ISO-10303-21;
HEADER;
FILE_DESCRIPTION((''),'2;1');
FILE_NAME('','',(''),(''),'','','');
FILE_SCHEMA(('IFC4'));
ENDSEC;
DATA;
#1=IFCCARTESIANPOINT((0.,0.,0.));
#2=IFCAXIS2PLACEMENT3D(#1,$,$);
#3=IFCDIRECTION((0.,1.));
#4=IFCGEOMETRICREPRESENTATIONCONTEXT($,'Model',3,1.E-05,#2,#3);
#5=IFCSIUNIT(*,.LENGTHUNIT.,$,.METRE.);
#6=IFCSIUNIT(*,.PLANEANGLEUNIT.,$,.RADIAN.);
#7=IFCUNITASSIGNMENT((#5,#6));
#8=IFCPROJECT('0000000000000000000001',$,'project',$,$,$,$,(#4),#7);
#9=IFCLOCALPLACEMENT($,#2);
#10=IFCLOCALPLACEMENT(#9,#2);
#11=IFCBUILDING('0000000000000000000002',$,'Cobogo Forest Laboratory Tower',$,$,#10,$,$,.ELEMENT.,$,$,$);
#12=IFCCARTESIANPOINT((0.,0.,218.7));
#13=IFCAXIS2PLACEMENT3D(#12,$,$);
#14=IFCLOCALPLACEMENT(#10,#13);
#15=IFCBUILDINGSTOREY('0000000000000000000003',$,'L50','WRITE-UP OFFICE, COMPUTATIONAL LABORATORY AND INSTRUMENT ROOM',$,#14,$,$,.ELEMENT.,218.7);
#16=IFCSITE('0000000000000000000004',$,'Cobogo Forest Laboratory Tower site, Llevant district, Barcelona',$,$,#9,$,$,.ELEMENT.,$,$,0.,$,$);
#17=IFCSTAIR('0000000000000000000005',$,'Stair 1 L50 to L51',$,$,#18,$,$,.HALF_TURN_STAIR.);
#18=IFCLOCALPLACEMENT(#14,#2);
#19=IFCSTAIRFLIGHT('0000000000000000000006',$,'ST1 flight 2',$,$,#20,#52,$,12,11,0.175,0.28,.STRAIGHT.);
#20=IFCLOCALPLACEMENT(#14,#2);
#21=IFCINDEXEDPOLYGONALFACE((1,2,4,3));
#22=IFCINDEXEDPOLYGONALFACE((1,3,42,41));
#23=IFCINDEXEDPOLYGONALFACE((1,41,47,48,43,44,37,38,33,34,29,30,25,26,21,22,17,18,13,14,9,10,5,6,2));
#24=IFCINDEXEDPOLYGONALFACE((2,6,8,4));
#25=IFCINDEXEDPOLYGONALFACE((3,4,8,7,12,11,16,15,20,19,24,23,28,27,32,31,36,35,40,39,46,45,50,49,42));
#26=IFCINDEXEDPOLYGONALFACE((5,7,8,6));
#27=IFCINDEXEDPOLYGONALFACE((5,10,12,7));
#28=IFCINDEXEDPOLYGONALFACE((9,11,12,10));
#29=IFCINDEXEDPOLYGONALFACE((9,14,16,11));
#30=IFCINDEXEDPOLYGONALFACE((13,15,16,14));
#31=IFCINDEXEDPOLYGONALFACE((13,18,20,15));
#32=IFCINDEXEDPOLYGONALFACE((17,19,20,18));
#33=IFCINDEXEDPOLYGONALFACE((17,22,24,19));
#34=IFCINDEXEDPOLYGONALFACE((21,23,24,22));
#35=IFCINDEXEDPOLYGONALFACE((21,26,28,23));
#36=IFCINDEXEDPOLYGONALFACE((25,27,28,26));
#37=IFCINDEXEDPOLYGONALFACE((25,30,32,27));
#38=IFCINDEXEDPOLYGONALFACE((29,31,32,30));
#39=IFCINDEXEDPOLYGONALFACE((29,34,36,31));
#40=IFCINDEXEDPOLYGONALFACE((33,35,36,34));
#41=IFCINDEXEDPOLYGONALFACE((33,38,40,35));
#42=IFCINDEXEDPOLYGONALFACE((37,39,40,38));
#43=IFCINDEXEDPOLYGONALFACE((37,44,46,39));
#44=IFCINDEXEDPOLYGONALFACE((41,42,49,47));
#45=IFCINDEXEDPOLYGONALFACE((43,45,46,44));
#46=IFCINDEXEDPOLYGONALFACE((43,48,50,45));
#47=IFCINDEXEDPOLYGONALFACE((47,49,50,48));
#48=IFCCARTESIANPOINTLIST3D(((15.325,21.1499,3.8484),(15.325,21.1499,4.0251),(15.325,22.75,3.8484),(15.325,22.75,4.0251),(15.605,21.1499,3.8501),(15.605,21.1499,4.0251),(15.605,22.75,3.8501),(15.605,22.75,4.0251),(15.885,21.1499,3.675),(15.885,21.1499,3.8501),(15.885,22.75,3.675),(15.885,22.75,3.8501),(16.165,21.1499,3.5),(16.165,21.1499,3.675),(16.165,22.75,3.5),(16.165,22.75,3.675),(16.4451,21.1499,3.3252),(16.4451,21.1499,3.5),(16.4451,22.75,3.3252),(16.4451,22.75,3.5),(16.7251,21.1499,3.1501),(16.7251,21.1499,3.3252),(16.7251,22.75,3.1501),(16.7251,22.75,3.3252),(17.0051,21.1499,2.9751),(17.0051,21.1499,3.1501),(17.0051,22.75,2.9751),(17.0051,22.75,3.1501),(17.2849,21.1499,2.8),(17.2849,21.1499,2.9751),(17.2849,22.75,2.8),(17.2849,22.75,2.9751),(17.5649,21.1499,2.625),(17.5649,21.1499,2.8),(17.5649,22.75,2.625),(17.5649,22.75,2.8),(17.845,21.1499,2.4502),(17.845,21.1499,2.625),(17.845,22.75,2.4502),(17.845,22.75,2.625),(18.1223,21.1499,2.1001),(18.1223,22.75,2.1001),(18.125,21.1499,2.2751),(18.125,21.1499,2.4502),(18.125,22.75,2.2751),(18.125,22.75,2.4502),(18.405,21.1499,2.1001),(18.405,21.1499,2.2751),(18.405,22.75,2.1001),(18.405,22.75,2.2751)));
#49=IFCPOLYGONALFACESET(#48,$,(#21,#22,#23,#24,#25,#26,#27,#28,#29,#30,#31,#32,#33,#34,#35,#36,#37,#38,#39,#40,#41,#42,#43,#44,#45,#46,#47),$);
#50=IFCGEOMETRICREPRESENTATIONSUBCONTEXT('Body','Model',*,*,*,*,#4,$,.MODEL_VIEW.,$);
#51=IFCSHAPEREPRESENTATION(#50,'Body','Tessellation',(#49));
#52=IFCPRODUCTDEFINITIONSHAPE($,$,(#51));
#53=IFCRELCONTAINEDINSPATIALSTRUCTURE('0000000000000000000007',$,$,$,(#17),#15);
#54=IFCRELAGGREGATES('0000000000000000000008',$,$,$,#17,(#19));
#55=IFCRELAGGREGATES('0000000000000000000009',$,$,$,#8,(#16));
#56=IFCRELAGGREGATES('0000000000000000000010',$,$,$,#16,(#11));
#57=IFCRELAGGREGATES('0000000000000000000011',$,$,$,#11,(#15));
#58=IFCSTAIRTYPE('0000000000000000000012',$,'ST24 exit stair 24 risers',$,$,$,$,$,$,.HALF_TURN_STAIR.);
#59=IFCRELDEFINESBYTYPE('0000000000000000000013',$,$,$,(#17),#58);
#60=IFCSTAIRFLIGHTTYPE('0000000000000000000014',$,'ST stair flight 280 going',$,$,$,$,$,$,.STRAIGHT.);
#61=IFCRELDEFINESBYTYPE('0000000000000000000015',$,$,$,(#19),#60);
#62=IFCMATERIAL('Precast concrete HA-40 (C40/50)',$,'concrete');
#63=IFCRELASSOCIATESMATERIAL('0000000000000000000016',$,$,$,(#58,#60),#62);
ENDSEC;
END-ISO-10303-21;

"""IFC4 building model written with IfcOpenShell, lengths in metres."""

from ifc_helpers import new_model, si_unit, direction, frame, origin, place, context, subcontext, project, spatial, polyline, outline, extrude, material, type_object, element, aggregate, save


model = new_model("IFC4")

# Units and contexts
model_context = context("Model", 3, precision=1e-05, world=origin(), true_north=direction((0.0, 1.0)))
body_context = subcontext(model_context, "Body", "Model", "MODEL_VIEW")
ifc_project = project(units=[si_unit("LENGTHUNIT", "METRE"), si_unit("PLANEANGLEUNIT", "RADIAN")], contexts=[model_context])

# Site, building, storey
site_placement = place(None, origin())
site = spatial("IfcSite", under=ifc_project, at=site_placement, Name="Cobogo Forest Laboratory Tower site, Llevant district, Barcelona", CompositionType="ELEMENT", RefElevation=0.0)
building_placement = place(site_placement, origin())
building = spatial("IfcBuilding", under=site, at=building_placement, Name="Cobogo Forest Laboratory Tower", CompositionType="ELEMENT")
storey_placement = place(building_placement, frame((0.0, 0.0, 218.7)))
storey = spatial("IfcBuildingStorey", under=building, at=storey_placement, Name="L50", Description="WRITE-UP OFFICE, COMPUTATIONAL LABORATORY AND INSTRUMENT ROOM", CompositionType="ELEMENT", Elevation=218.7)

# Stair, stair flight
ifc_material_1 = material(Name="Precast concrete HA-40 (C40/50)", Category="concrete")
stair_type = type_object("IfcStairType", Name="ST24 exit stair 24 risers", PredefinedType="HALF_TURN_STAIR", material=ifc_material_1)
stair_placement = place(storey_placement, origin())
stair = element("IfcStair", 1, at=stair_placement, inside=storey, type_object=stair_type, Name="Stair 1 L50 to L51", PredefinedType="HALF_TURN_STAIR")
stair_flight_type = type_object("IfcStairFlightType", Name="ST stair flight 280 going", PredefinedType="STRAIGHT", material=ifc_material_1)
stair_flight_placement = place(storey_placement, frame((18.405, 21.95, 2.1001), z_axis=(0.0, 0.0, 1.0), x_axis=(-1.0, 0.0, 0.0)))
stair_flight = element("IfcStairFlight", 2, at=stair_flight_placement, type_object=stair_flight_type, Name="ST1 flight 2", NumberOfRisers=12, NumberOfTreads=11, PredefinedType="STRAIGHT", RiserHeight=0.175, TreadLength=0.28, context=body_context, shape_type="SweptSolid", body=[
    extrude(outline(polyline([(0.0, 0.0), (0.0, 0.175), (0.28, 0.175), (0.28, 0.3501), (0.5601, 0.3501), (0.5601, 0.5249), (0.8401, 0.5249), (0.8401, 0.7), (1.1201, 0.7), (1.1201, 0.875), (1.3999, 0.875), (1.3999, 1.05), (1.6799, 1.05), (1.6799, 1.2251), (1.96, 1.2251), (1.96, 1.3999), (2.24, 1.3999), (2.24, 1.575), (2.52, 1.575), (2.52, 1.75), (2.8, 1.75), (2.8, 1.925), (3.0801, 1.925), (3.0801, 2.1001), (3.0801, 1.7483), (0.2827, 0.0), (0.0, 0.0)])), frame((0.0, 0.8, 0.0), z_axis=(0.0, -1.0, 0.0), x_axis=(1.0, 0.0, 0.0)), (0.0, 0.0, 1.0), 1.6001),
])
aggregate(stair, [stair_flight])

save(model, "model.ifc")
